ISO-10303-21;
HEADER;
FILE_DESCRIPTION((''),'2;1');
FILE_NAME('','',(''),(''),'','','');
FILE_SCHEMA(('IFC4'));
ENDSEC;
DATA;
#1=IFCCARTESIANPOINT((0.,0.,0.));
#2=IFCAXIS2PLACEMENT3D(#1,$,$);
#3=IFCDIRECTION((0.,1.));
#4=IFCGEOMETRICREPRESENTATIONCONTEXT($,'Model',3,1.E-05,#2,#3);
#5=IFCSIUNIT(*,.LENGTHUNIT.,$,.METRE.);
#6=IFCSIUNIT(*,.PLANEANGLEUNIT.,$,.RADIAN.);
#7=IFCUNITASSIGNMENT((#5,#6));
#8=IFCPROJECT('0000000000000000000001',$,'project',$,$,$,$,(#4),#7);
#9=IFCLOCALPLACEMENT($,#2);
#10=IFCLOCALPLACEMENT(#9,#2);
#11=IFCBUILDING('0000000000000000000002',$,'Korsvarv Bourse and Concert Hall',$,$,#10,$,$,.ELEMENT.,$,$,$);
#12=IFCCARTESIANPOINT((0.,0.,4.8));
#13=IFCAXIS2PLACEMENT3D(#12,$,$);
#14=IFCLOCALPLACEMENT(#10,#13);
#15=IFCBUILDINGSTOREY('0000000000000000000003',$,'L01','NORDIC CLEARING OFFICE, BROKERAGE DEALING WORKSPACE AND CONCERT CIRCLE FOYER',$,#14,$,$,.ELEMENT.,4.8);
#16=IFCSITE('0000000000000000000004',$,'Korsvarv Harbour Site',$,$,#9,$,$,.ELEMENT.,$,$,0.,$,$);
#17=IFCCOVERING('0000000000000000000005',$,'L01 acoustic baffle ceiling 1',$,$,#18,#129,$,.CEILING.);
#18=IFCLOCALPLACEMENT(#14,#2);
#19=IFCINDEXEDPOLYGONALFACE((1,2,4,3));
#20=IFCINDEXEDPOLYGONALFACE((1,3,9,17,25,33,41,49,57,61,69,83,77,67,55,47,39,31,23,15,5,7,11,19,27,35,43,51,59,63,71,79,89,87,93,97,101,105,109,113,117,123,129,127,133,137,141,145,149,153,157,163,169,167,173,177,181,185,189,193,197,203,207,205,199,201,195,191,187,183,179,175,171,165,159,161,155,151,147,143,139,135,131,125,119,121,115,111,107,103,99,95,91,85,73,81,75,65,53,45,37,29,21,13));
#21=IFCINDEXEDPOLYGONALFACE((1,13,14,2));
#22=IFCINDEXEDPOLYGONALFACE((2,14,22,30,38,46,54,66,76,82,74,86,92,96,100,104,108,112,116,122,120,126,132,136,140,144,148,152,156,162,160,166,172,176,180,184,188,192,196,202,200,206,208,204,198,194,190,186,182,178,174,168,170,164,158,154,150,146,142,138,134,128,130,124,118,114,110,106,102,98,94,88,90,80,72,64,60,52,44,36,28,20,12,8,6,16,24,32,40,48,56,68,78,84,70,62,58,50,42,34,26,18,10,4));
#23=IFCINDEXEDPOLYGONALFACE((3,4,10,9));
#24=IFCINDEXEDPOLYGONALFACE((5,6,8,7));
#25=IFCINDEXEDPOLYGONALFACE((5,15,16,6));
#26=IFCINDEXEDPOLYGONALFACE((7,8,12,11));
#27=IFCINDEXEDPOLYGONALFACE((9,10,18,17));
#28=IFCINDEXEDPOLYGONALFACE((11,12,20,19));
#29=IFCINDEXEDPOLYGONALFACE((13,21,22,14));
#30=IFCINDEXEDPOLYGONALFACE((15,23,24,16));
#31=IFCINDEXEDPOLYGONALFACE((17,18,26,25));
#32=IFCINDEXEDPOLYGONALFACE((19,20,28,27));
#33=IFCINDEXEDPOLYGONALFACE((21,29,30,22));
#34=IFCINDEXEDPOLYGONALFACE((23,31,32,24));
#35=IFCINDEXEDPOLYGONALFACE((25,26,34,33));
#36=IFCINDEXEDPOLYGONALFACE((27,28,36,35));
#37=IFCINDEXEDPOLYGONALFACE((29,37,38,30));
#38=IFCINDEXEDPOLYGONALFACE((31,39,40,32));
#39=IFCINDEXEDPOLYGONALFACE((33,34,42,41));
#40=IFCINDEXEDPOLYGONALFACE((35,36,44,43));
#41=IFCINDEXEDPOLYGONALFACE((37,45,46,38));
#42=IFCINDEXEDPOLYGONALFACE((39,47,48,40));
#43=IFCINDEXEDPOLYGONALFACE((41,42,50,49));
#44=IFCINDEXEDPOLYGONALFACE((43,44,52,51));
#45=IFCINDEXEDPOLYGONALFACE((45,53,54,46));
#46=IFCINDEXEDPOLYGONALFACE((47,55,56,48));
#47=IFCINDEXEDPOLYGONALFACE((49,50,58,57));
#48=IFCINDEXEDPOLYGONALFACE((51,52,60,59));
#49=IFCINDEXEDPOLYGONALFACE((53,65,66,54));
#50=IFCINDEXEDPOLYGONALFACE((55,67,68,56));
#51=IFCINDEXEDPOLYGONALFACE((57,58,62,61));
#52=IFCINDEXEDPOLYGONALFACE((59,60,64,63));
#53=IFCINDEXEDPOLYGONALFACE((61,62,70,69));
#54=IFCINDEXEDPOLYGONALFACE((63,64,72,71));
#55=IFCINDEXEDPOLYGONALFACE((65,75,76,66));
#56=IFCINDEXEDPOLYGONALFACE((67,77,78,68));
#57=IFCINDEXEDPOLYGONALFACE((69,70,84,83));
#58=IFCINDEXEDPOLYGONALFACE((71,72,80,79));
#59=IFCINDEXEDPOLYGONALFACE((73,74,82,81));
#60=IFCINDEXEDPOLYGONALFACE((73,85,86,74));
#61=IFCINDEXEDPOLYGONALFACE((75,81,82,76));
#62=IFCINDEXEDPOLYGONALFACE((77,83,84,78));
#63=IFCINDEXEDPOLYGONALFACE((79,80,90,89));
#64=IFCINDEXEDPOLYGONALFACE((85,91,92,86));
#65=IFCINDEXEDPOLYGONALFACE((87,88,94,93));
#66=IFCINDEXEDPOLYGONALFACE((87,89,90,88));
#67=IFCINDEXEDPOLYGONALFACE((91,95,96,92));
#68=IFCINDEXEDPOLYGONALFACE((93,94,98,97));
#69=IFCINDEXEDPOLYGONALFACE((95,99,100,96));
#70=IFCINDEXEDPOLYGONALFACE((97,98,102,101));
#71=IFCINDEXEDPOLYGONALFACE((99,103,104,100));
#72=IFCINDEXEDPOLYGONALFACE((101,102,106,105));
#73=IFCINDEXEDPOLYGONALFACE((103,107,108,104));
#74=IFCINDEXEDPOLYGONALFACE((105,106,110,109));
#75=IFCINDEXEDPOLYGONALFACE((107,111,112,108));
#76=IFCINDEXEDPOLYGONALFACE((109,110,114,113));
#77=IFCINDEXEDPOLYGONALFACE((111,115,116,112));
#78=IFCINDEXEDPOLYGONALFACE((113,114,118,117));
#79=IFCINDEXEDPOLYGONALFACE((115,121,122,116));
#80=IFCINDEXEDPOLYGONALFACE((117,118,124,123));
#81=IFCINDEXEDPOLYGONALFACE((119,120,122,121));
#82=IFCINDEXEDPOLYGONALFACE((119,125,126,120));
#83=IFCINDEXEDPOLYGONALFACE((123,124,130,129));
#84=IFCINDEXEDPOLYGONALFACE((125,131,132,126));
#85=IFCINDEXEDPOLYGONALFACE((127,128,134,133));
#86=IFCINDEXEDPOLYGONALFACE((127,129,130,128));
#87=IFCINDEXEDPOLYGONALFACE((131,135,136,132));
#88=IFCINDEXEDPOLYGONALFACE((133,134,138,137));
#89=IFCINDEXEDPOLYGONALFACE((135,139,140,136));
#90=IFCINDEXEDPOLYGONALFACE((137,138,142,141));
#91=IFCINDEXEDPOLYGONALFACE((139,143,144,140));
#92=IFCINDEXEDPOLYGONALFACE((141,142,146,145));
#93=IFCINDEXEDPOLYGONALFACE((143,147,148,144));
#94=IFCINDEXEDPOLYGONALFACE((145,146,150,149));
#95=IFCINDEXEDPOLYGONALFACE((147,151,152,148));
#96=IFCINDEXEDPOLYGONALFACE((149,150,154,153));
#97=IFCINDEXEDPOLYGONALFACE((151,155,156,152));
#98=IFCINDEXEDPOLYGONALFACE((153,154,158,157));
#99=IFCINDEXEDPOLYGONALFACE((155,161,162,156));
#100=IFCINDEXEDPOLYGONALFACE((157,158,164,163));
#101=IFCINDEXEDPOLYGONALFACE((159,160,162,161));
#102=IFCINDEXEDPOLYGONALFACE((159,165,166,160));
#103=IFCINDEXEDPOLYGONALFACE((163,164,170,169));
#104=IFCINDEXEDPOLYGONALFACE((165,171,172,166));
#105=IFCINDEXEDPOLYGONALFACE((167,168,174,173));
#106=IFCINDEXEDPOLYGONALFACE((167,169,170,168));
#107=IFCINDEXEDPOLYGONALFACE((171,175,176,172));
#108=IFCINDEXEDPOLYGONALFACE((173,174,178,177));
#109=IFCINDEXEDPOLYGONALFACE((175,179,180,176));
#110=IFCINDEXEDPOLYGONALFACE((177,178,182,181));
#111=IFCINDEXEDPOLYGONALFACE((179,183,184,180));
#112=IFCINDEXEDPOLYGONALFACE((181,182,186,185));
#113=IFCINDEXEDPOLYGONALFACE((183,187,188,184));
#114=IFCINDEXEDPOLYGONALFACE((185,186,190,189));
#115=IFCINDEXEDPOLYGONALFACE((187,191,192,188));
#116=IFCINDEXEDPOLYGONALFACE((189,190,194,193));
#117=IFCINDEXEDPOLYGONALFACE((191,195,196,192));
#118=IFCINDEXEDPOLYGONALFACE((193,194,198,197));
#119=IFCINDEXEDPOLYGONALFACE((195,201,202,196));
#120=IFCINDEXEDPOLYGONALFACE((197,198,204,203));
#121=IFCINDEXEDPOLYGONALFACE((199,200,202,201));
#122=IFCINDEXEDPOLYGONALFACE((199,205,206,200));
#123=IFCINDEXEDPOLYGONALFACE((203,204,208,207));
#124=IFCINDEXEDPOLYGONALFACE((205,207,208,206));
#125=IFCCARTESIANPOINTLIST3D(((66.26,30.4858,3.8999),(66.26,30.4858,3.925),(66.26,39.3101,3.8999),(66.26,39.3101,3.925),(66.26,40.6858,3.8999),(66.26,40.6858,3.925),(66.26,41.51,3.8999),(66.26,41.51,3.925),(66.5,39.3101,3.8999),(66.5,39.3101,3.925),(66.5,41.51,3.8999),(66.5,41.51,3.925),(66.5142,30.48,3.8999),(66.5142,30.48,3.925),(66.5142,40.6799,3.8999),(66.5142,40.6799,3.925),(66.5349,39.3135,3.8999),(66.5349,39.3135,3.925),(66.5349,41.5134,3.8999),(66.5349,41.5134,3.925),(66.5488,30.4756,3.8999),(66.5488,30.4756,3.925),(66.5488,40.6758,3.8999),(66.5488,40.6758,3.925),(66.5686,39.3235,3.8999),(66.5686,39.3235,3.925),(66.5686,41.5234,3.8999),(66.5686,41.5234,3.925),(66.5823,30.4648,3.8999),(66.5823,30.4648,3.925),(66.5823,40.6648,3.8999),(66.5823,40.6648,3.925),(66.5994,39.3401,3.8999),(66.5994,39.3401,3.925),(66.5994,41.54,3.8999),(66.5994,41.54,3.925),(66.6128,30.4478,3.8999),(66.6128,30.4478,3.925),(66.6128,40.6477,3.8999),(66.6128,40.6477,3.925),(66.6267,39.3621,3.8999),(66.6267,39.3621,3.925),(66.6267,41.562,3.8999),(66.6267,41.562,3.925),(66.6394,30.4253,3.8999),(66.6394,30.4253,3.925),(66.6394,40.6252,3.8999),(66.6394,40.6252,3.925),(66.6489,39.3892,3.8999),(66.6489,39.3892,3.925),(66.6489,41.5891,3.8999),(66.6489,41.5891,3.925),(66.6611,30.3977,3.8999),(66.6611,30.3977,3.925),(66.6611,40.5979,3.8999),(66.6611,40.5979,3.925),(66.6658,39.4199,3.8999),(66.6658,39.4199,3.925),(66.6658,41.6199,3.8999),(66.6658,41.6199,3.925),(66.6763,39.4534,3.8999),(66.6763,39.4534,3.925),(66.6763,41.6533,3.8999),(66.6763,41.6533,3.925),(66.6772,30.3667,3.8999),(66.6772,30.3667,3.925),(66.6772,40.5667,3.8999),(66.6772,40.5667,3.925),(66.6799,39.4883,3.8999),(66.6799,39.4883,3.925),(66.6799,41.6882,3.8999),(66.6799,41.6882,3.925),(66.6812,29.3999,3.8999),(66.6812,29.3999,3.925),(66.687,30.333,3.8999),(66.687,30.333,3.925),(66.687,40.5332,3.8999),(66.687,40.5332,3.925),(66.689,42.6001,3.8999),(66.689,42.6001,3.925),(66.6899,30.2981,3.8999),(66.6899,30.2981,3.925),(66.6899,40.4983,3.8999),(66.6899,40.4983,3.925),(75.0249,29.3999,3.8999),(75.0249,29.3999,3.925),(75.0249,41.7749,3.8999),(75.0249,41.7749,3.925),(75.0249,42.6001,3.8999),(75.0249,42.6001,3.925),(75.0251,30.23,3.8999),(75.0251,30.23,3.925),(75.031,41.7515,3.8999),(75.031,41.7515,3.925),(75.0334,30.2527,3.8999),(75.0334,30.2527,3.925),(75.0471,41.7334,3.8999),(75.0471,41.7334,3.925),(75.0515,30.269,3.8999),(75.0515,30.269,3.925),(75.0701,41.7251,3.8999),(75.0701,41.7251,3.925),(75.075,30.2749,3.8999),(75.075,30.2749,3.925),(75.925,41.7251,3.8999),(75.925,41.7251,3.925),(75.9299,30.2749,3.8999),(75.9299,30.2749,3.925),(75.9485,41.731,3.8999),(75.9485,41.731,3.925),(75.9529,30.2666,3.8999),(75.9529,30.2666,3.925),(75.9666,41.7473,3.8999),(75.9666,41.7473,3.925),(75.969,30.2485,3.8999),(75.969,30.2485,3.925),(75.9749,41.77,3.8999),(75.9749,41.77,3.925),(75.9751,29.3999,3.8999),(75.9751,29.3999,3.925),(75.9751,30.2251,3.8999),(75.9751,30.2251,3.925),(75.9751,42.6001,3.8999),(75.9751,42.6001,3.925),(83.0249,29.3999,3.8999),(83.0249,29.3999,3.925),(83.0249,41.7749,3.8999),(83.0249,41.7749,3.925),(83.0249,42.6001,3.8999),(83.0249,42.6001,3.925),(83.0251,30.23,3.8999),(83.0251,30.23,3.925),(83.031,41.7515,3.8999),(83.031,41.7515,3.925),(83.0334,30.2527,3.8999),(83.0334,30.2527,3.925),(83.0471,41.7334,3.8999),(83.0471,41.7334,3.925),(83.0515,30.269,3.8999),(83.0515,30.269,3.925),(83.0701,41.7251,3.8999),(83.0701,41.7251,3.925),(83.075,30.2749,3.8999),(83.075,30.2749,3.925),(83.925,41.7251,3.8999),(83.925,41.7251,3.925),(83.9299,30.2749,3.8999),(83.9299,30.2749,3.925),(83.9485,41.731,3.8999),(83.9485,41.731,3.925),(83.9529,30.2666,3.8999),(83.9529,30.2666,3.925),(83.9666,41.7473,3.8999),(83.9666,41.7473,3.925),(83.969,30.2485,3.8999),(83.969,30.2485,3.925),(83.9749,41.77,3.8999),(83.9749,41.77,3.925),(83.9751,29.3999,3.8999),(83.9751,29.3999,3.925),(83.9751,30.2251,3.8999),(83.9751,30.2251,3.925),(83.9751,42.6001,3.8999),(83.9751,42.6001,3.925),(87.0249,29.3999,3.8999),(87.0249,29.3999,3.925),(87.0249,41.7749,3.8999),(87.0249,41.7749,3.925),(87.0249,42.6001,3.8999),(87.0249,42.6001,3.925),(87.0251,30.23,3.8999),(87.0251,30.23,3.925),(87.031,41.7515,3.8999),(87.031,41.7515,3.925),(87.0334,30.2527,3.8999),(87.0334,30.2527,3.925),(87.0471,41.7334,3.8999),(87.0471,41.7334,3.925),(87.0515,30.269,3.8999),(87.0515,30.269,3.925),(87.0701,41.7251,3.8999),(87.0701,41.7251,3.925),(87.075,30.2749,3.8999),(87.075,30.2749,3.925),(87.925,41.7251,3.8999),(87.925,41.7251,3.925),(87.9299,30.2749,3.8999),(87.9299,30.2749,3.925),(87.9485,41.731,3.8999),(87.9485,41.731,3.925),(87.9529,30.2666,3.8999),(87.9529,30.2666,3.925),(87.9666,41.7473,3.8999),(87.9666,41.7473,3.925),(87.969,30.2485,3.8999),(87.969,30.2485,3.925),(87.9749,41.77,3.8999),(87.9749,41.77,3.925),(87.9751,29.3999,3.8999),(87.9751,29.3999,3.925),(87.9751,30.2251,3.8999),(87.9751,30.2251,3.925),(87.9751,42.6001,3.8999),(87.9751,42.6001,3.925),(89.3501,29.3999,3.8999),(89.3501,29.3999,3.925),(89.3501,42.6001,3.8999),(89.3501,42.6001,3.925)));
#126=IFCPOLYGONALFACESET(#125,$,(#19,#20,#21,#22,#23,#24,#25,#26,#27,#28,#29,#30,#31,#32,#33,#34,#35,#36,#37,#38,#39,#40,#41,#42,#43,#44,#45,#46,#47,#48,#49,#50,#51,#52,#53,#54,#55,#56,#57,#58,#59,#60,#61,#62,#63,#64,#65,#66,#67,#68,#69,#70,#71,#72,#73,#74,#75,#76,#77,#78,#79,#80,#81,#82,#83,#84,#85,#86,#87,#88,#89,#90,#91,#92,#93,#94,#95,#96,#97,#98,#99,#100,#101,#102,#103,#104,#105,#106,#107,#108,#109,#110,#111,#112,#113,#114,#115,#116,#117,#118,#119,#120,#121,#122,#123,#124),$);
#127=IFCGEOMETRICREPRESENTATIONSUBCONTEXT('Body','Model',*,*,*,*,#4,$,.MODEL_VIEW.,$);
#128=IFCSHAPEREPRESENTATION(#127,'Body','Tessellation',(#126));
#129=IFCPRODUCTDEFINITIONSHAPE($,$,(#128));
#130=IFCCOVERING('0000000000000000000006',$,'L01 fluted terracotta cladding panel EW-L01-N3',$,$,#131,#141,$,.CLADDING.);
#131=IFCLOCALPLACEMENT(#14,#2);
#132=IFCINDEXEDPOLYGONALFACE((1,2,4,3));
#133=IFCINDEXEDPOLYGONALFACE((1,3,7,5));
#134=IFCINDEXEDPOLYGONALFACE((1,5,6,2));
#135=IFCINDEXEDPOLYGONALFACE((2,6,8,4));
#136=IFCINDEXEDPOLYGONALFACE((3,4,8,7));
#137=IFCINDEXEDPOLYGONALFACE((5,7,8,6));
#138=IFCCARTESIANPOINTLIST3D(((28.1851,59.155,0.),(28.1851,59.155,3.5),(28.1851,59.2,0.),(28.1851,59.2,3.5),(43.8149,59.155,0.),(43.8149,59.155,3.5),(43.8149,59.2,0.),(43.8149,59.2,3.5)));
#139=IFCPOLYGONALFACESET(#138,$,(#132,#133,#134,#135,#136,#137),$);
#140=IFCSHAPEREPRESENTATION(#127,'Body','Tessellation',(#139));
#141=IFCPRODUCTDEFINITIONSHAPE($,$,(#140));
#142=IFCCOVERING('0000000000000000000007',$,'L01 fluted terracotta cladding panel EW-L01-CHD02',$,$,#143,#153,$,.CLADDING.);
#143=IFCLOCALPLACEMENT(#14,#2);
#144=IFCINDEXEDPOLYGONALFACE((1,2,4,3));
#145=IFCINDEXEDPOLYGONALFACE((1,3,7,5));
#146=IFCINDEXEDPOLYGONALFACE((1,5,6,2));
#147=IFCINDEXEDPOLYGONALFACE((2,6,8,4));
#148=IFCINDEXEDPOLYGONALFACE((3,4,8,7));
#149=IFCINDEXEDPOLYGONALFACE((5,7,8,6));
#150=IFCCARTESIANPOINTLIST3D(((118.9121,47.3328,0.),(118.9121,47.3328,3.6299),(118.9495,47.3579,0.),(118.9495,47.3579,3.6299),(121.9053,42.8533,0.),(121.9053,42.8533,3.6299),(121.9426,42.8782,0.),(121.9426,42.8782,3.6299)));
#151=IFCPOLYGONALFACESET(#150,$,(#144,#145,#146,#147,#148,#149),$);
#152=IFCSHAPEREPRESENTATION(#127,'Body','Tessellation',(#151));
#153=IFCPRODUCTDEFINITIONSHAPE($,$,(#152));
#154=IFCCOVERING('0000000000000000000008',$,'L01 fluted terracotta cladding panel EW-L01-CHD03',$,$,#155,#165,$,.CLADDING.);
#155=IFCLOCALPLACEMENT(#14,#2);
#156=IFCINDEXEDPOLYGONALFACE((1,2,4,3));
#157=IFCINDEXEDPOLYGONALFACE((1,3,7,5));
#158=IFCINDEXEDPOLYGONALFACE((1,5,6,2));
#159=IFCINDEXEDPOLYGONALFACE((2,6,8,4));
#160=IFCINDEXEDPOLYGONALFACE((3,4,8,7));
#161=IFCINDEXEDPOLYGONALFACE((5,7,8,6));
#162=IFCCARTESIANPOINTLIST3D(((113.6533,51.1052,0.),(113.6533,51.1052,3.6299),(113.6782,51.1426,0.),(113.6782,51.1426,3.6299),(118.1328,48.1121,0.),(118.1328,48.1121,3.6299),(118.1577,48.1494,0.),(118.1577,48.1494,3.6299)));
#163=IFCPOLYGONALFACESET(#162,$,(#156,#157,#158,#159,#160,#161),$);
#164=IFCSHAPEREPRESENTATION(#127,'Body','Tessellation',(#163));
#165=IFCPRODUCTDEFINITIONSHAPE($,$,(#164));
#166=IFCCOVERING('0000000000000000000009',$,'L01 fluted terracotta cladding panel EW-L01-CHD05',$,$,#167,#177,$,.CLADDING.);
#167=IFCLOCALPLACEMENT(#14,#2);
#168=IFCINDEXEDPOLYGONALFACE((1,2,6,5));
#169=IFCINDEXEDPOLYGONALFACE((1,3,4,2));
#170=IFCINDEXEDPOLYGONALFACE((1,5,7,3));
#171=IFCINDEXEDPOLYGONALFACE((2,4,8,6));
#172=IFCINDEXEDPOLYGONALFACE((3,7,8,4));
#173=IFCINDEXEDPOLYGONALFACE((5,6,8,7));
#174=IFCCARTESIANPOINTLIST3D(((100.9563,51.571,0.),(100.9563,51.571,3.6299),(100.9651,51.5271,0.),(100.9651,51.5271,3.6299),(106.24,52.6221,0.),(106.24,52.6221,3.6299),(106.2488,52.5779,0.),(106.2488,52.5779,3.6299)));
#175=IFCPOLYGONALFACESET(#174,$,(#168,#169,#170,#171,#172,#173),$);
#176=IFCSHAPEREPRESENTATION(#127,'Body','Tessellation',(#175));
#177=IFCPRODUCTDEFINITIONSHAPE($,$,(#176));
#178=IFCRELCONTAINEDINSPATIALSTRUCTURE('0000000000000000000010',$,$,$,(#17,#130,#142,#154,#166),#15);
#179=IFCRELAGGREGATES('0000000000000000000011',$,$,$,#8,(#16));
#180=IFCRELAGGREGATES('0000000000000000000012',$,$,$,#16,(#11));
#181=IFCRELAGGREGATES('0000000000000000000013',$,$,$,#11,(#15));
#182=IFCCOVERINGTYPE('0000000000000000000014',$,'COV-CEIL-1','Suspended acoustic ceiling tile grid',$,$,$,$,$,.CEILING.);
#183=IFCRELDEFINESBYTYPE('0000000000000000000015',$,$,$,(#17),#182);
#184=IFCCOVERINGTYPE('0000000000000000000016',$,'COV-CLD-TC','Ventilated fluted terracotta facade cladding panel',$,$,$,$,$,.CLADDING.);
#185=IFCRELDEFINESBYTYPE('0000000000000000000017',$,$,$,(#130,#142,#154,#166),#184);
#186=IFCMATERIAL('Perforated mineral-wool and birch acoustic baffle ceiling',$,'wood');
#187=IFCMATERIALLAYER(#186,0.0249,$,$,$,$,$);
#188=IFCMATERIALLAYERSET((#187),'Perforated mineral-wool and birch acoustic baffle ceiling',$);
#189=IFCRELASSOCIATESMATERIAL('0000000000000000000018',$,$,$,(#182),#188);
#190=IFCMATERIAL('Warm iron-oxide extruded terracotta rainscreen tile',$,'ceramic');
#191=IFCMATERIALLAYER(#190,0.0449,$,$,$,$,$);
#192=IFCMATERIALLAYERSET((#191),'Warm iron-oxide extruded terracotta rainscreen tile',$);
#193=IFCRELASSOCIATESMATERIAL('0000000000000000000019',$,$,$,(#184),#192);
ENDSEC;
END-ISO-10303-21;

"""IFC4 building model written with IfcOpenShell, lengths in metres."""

from ifc_helpers import new_model, si_unit, direction, frame, origin, place, context, subcontext, project, spatial, polyline, outline, extrude, material, layer, layer_set, type_object, element, save


model = new_model("IFC4")

# Units and contexts
model_context = context("Model", 3, precision=1e-05, world=origin(), true_north=direction((0.0, 1.0)))
body_context = subcontext(model_context, "Body", "Model", "MODEL_VIEW")
ifc_project = project(units=[si_unit("LENGTHUNIT", "METRE"), si_unit("PLANEANGLEUNIT", "RADIAN")], contexts=[model_context])

# Site, building, storey
site_placement = place(None, origin())
site = spatial("IfcSite", under=ifc_project, at=site_placement, Name="Korsvarv Harbour Site", CompositionType="ELEMENT", RefElevation=0.0)
building_placement = place(site_placement, origin())
building = spatial("IfcBuilding", under=site, at=building_placement, Name="Korsvarv Bourse and Concert Hall", CompositionType="ELEMENT")
storey_placement = place(building_placement, frame((0.0, 0.0, 4.8)))
storey = spatial("IfcBuildingStorey", under=building, at=storey_placement, Name="L01", Description="NORDIC CLEARING OFFICE, BROKERAGE DEALING WORKSPACE AND CONCERT CIRCLE FOYER", CompositionType="ELEMENT", Elevation=4.8)

# Coverings
ifc_material_1 = material(Name="Perforated mineral-wool and birch acoustic baffle ceiling", Category="wood")
ifc_layer_1 = layer(ifc_material_1, 0.0249)
ifc_layer_set_1 = layer_set([ifc_layer_1], Name="Perforated mineral-wool and birch acoustic baffle ceiling")
covering_type_1 = type_object("IfcCoveringType", Name="COV-CEIL-1", Description="Suspended acoustic ceiling tile grid", PredefinedType="CEILING", material=ifc_layer_set_1)
covering_1_placement = place(storey_placement, frame((0.0, 0.0, 3.8999)))
element("IfcCovering", 1, at=covering_1_placement, inside=storey, type_object=covering_type_1, Name="L01 acoustic baffle ceiling 1", PredefinedType="CEILING", context=body_context, shape_type="SweptSolid", body=[
    extrude(outline(polyline([(66.6899, 30.2981), (66.687, 30.333), (66.6772, 30.3667), (66.6611, 30.3977), (66.6394, 30.4253), (66.6128, 30.4478), (66.5823, 30.4648), (66.5488, 30.4756), (66.5142, 30.48), (66.26, 30.4858), (66.26, 39.3101), (66.5, 39.3101), (66.5349, 39.3135), (66.5686, 39.3235), (66.5994, 39.3401), (66.6267, 39.3621), (66.6489, 39.3892), (66.6658, 39.4199), (66.6763, 39.4534), (66.6799, 39.4883), (66.6899, 40.4983), (66.687, 40.5332), (66.6772, 40.5667), (66.6611, 40.5979), (66.6394, 40.6252), (66.6128, 40.6477), (66.5823, 40.6648), (66.5488, 40.6758), (66.5142, 40.6799), (66.26, 40.6858), (66.26, 41.51), (66.5, 41.51), (66.5349, 41.5134), (66.5686, 41.5234), (66.5994, 41.54), (66.6267, 41.562), (66.6489, 41.5891), (66.6658, 41.6199), (66.6763, 41.6533), (66.6799, 41.6882), (66.689, 42.6001), (75.0249, 42.6001), (75.0249, 41.7749), (75.031, 41.7515), (75.0471, 41.7334), (75.0701, 41.7251), (75.925, 41.7251), (75.9485, 41.731), (75.9666, 41.7473), (75.9749, 41.77), (75.9751, 42.6001), (83.0249, 42.6001), (83.0249, 41.7749), (83.031, 41.7515), (83.0471, 41.7334), (83.0701, 41.7251), (83.925, 41.7251), (83.9485, 41.731), (83.9666, 41.7473), (83.9749, 41.77), (83.9751, 42.6001), (87.0249, 42.6001), (87.0249, 41.7749), (87.031, 41.7515), (87.0471, 41.7334), (87.0701, 41.7251), (87.925, 41.7251), (87.9485, 41.731), (87.9666, 41.7473), (87.9749, 41.77), (87.9751, 42.6001), (89.3501, 42.6001), (89.3501, 29.3999), (87.9751, 29.3999), (87.9751, 30.2251), (87.969, 30.2485), (87.9529, 30.2666), (87.9299, 30.2749), (87.075, 30.2749), (87.0515, 30.269), (87.0334, 30.2527), (87.0251, 30.23), (87.0249, 29.3999), (83.9751, 29.3999), (83.9751, 30.2251), (83.969, 30.2485), (83.9529, 30.2666), (83.9299, 30.2749), (83.075, 30.2749), (83.0515, 30.269), (83.0334, 30.2527), (83.0251, 30.23), (83.0249, 29.3999), (75.9751, 29.3999), (75.9751, 30.2251), (75.969, 30.2485), (75.9529, 30.2666), (75.9299, 30.2749), (75.075, 30.2749), (75.0515, 30.269), (75.0334, 30.2527), (75.0251, 30.23), (75.0249, 29.3999), (66.6812, 29.3999), (66.6899, 30.2981)])), origin(), (0.0, 0.0, 1.0), 0.0251),
])
ifc_material_2 = material(Name="Warm iron-oxide extruded terracotta rainscreen tile", Category="ceramic")
ifc_layer_2 = layer(ifc_material_2, 0.0449)
ifc_layer_set_2 = layer_set([ifc_layer_2], Name="Warm iron-oxide extruded terracotta rainscreen tile")
covering_type_2 = type_object("IfcCoveringType", Name="COV-CLD-TC", Description="Ventilated fluted terracotta facade cladding panel", PredefinedType="CLADDING", material=ifc_layer_set_2)
covering_2_placement = place(storey_placement, origin())
element("IfcCovering", 2, at=covering_2_placement, inside=storey, type_object=covering_type_2, Name="L01 fluted terracotta cladding panel EW-L01-N3", PredefinedType="CLADDING", context=body_context, shape_type="SweptSolid", body=[
    extrude(outline(polyline([(28.1851, 59.155), (43.8149, 59.155), (43.8149, 59.2), (28.1851, 59.2), (28.1851, 59.155)])), origin(), (0.0, 0.0, 1.0), 3.5),
])
covering_3_placement = place(storey_placement, origin())
element("IfcCovering", 3, at=covering_3_placement, inside=storey, type_object=covering_type_2, Name="L01 fluted terracotta cladding panel EW-L01-CHD02", PredefinedType="CLADDING", context=body_context, shape_type="SweptSolid", body=[
    extrude(outline(polyline([(121.9053, 42.8533), (118.9121, 47.3328), (118.9495, 47.3579), (121.9426, 42.8782), (121.9053, 42.8533)])), origin(), (0.0, 0.0, 1.0), 3.6299),
])
covering_4_placement = place(storey_placement, origin())
element("IfcCovering", 4, at=covering_4_placement, inside=storey, type_object=covering_type_2, Name="L01 fluted terracotta cladding panel EW-L01-CHD03", PredefinedType="CLADDING", context=body_context, shape_type="SweptSolid", body=[
    extrude(outline(polyline([(118.1328, 48.1121), (113.6533, 51.1052), (113.6782, 51.1426), (118.1577, 48.1494), (118.1328, 48.1121)])), origin(), (0.0, 0.0, 1.0), 3.6299),
])
covering_5_placement = place(storey_placement, origin())
element("IfcCovering", 5, at=covering_5_placement, inside=storey, type_object=covering_type_2, Name="L01 fluted terracotta cladding panel EW-L01-CHD05", PredefinedType="CLADDING", context=body_context, shape_type="SweptSolid", body=[
    extrude(outline(polyline([(106.2488, 52.5779), (100.9651, 51.5271), (100.9563, 51.571), (106.24, 52.6221), (106.2488, 52.5779)])), origin(), (0.0, 0.0, 1.0), 3.6299),
])

save(model, "model.ifc")
